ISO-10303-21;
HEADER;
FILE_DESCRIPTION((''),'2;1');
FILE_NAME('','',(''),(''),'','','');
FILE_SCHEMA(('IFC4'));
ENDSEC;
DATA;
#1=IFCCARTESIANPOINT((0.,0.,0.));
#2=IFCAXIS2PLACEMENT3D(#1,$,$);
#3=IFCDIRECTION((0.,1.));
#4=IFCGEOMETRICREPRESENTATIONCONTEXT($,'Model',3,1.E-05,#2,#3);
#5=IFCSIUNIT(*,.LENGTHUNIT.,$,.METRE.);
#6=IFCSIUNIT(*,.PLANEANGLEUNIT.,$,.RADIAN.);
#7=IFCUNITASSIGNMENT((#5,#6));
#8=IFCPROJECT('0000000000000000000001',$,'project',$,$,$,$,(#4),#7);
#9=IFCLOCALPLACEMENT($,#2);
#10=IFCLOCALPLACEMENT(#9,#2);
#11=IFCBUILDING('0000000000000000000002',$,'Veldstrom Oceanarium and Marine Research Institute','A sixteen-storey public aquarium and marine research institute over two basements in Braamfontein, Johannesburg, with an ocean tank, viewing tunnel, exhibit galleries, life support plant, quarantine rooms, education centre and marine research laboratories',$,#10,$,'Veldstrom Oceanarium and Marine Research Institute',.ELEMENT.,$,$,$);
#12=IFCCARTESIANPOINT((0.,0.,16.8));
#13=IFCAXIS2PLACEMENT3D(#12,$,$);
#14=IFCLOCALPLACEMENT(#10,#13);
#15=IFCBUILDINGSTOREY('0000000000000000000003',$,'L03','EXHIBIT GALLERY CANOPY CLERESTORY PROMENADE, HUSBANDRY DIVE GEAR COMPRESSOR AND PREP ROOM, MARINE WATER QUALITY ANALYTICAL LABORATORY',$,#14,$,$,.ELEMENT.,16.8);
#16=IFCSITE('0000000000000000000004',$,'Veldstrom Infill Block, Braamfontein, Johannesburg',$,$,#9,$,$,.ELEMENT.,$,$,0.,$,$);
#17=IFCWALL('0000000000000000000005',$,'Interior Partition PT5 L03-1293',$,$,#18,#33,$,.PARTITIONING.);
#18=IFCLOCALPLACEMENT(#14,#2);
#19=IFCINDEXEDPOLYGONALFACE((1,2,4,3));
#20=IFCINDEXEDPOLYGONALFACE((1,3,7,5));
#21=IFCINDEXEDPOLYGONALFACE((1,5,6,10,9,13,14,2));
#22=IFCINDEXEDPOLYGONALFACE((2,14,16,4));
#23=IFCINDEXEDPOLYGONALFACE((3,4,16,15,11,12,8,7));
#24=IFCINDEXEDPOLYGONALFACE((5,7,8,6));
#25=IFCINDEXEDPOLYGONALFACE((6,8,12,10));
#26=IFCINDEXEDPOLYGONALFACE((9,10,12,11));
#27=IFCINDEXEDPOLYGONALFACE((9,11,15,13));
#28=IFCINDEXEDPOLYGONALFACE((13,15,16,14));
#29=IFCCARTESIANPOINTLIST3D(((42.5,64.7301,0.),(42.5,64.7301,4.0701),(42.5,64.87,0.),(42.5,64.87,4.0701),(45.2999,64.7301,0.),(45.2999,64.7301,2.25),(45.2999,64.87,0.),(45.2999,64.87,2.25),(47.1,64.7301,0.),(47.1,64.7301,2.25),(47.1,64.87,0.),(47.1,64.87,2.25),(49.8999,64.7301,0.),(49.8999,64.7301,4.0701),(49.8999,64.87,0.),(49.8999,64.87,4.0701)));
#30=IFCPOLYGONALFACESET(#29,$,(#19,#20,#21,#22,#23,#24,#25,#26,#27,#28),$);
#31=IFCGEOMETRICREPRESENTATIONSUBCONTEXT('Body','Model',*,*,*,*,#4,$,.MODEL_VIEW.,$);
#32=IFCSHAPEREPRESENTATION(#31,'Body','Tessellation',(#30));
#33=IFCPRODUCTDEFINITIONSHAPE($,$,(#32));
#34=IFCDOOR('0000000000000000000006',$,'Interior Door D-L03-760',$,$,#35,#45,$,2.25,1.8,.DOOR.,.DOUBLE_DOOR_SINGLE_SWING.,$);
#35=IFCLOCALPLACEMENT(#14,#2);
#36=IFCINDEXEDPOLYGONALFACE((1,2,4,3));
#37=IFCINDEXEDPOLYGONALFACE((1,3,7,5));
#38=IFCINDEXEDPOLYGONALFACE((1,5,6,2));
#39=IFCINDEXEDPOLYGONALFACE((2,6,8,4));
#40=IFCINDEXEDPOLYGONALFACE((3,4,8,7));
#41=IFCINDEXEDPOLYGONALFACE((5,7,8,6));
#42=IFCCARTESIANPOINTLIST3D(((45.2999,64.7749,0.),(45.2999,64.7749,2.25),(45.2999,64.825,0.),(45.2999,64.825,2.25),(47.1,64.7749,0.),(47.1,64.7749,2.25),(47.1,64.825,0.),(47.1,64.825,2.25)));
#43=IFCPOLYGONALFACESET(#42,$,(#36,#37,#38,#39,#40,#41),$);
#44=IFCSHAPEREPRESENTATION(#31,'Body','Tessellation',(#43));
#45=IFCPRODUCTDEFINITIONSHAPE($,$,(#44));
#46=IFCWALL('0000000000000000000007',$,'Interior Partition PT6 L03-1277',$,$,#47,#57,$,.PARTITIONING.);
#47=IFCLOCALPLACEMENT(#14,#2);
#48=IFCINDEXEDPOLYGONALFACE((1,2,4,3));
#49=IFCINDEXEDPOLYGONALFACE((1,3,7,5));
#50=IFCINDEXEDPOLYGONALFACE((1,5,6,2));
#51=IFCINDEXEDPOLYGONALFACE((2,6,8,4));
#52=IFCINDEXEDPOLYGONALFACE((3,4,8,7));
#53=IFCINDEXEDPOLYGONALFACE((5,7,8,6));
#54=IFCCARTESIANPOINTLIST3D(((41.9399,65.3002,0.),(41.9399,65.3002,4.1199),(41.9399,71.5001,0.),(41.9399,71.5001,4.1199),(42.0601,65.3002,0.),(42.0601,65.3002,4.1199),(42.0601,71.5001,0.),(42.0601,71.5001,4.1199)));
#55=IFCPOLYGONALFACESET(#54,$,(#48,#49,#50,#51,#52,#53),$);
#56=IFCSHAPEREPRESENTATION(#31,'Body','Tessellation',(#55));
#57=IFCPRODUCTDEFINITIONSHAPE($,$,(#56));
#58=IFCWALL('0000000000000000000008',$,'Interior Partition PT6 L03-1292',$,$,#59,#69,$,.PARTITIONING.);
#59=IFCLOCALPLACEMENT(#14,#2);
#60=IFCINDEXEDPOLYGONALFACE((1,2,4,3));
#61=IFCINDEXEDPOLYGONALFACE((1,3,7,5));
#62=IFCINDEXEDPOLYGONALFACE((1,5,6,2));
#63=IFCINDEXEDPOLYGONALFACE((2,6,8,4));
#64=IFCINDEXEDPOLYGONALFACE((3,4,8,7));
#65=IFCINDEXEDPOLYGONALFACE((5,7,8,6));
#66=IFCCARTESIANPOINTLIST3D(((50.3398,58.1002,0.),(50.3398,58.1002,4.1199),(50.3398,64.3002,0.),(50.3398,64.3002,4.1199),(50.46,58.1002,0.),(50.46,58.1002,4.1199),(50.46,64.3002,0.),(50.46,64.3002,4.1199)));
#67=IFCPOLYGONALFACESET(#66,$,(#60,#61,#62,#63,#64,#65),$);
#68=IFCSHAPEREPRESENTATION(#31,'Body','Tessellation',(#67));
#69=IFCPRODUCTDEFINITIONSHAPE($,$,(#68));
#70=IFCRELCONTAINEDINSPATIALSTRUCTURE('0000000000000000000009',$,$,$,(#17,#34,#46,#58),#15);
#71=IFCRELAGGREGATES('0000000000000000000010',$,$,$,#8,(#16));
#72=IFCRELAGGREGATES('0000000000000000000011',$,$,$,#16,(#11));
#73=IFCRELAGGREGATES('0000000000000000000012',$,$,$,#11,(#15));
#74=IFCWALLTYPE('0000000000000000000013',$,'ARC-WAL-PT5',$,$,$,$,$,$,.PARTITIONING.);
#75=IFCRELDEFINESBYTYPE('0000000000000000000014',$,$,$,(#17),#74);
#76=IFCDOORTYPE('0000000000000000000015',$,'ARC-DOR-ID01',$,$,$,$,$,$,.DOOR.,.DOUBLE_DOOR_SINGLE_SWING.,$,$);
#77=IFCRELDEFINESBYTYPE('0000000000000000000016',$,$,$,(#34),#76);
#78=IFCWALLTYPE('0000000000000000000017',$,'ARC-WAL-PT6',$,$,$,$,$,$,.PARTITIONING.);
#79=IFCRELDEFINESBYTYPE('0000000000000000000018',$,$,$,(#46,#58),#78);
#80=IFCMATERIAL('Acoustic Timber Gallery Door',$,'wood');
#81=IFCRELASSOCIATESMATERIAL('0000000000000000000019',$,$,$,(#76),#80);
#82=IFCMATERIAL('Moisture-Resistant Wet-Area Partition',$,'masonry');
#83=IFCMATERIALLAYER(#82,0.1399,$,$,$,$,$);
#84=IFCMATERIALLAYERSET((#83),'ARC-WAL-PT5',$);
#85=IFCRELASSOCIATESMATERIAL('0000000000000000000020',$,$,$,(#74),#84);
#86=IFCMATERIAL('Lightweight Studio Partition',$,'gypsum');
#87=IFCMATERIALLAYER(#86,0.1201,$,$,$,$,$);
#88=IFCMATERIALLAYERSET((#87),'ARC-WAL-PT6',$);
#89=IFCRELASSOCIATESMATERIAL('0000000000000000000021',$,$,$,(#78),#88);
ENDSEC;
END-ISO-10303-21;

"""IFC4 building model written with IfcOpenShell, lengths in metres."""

from ifc_helpers import new_model, si_unit, direction, frame, frame_2d, origin, place, context, subcontext, project, spatial, rectangle, extrude, material, layer, layer_set, type_object, element, fill, save


model = new_model("IFC4")

# Units and contexts
model_context = context("Model", 3, precision=1e-05, world=origin(), true_north=direction((0.0, 1.0)))
body_context = subcontext(model_context, "Body", "Model", "MODEL_VIEW")
ifc_project = project(units=[si_unit("LENGTHUNIT", "METRE"), si_unit("PLANEANGLEUNIT", "RADIAN")], contexts=[model_context])

# Site, building, storey
site_placement = place(None, origin())
site = spatial("IfcSite", under=ifc_project, at=site_placement, Name="Veldstrom Infill Block, Braamfontein, Johannesburg", CompositionType="ELEMENT", RefElevation=0.0)
building_placement = place(site_placement, origin())
building = spatial("IfcBuilding", under=site, at=building_placement, Name="Veldstrom Oceanarium and Marine Research Institute", Description="A sixteen-storey public aquarium and marine research institute over two basements in Braamfontein, Johannesburg, with an ocean tank, viewing tunnel, exhibit galleries, life support plant, quarantine rooms, education centre and marine research laboratories", LongName="Veldstrom Oceanarium and Marine Research Institute", CompositionType="ELEMENT")
storey_placement = place(building_placement, frame((0.0, 0.0, 16.8)))
storey = spatial("IfcBuildingStorey", under=building, at=storey_placement, Name="L03", Description="EXHIBIT GALLERY CANOPY CLERESTORY PROMENADE, HUSBANDRY DIVE GEAR COMPRESSOR AND PREP ROOM, MARINE WATER QUALITY ANALYTICAL LABORATORY", CompositionType="ELEMENT", Elevation=16.8)

# Wall, opening, door
ifc_material_1 = material(Name="Acoustic Timber Gallery Door", Category="wood")
door_type_1 = type_object("IfcDoorType", Name="ARC-DOR-ID01", OperationType="DOUBLE_DOOR_SINGLE_SWING", PredefinedType="DOOR", material=ifc_material_1)
ifc_material_2 = material(Name="Moisture-Resistant Wet-Area Partition", Category="masonry")
ifc_layer_1 = layer(ifc_material_2, 0.1399)
ifc_layer_set_1 = layer_set([ifc_layer_1], Name="ARC-WAL-PT5")
wall_type_1 = type_object("IfcWallType", Name="ARC-WAL-PT5", PredefinedType="PARTITIONING", material=ifc_layer_set_1)
wall_1_placement = place(storey_placement, frame((42.5, 64.8, 0.0), z_axis=(0.0, 0.0, 1.0), x_axis=(1.0, 0.0, 0.0)))
wall_1 = element("IfcWall", 1, at=wall_1_placement, inside=storey, type_object=wall_type_1, Name="Interior Partition PT5 L03-1293", PredefinedType="PARTITIONING", context=body_context, shape_type="SweptSolid", body=[
    extrude(rectangle(XDim=7.3999, YDim=0.1399, at=frame_2d((3.7, 0.0))), origin(), (0.0, 0.0, 1.0), 4.0701),
])
opening_1_placement = place(wall_1_placement, frame((2.8, 0.0, 0.0)))
opening_1 = element("IfcOpeningElement", 2, at=opening_1_placement, cuts=wall_1, PredefinedType="OPENING", context=body_context, shape_type="SweptSolid", body=[
    extrude(rectangle(XDim=1.8, YDim=2.25, at=frame_2d((0.8999, 1.125))), frame((0.0, 0.0798, 0.0), z_axis=(0.0, -1.0, 0.0), x_axis=(1.0, 0.0, 0.0)), (0.0, 0.0, 1.0), 0.1599),
])
door_1_placement = place(opening_1_placement, origin())
door_1 = element("IfcDoor", 3, at=door_1_placement, inside=storey, type_object=door_type_1, Name="Interior Door D-L03-760", OperationType="DOUBLE_DOOR_SINGLE_SWING", OverallHeight=2.25, OverallWidth=1.8, PredefinedType="DOOR", context=body_context, shape_type="SweptSolid", body=[
    extrude(rectangle(XDim=1.8, YDim=2.25, at=frame_2d((0.8999, 1.125))), frame((0.0, 0.0249, 0.0), z_axis=(0.0, -1.0, 0.0), x_axis=(1.0, 0.0, 0.0)), (0.0, 0.0, 1.0), 0.05),
])
fill(opening_1, door_1)

# Walls
ifc_material_3 = material(Name="Lightweight Studio Partition", Category="gypsum")
ifc_layer_2 = layer(ifc_material_3, 0.1201)
ifc_layer_set_2 = layer_set([ifc_layer_2], Name="ARC-WAL-PT6")
wall_type_2 = type_object("IfcWallType", Name="ARC-WAL-PT6", PredefinedType="PARTITIONING", material=ifc_layer_set_2)
for number, where, z_axis, x_axis, name in (
    (4, (42.0, 65.3, 0.0), (0.0, 0.0, 1.0), (0.0, 1.0, 0.0), "Interior Partition PT6 L03-1277"),
    (5, (50.3999, 58.1001, 0.0), (0.0, 0.0, 1.0), (0.0, 1.0, 0.0), "Interior Partition PT6 L03-1292"),
):
    element("IfcWall", number, at=place(storey_placement, frame(where, z_axis=z_axis, x_axis=x_axis)), inside=storey, type_object=wall_type_2, Name=name, PredefinedType="PARTITIONING", context=body_context, shape_type="SweptSolid", body=[
        extrude(rectangle(XDim=6.2, YDim=0.1201, at=frame_2d((3.1001, 0.0))), origin(), (0.0, 0.0, 1.0), 4.1199),
    ])

save(model, "model.ifc")
